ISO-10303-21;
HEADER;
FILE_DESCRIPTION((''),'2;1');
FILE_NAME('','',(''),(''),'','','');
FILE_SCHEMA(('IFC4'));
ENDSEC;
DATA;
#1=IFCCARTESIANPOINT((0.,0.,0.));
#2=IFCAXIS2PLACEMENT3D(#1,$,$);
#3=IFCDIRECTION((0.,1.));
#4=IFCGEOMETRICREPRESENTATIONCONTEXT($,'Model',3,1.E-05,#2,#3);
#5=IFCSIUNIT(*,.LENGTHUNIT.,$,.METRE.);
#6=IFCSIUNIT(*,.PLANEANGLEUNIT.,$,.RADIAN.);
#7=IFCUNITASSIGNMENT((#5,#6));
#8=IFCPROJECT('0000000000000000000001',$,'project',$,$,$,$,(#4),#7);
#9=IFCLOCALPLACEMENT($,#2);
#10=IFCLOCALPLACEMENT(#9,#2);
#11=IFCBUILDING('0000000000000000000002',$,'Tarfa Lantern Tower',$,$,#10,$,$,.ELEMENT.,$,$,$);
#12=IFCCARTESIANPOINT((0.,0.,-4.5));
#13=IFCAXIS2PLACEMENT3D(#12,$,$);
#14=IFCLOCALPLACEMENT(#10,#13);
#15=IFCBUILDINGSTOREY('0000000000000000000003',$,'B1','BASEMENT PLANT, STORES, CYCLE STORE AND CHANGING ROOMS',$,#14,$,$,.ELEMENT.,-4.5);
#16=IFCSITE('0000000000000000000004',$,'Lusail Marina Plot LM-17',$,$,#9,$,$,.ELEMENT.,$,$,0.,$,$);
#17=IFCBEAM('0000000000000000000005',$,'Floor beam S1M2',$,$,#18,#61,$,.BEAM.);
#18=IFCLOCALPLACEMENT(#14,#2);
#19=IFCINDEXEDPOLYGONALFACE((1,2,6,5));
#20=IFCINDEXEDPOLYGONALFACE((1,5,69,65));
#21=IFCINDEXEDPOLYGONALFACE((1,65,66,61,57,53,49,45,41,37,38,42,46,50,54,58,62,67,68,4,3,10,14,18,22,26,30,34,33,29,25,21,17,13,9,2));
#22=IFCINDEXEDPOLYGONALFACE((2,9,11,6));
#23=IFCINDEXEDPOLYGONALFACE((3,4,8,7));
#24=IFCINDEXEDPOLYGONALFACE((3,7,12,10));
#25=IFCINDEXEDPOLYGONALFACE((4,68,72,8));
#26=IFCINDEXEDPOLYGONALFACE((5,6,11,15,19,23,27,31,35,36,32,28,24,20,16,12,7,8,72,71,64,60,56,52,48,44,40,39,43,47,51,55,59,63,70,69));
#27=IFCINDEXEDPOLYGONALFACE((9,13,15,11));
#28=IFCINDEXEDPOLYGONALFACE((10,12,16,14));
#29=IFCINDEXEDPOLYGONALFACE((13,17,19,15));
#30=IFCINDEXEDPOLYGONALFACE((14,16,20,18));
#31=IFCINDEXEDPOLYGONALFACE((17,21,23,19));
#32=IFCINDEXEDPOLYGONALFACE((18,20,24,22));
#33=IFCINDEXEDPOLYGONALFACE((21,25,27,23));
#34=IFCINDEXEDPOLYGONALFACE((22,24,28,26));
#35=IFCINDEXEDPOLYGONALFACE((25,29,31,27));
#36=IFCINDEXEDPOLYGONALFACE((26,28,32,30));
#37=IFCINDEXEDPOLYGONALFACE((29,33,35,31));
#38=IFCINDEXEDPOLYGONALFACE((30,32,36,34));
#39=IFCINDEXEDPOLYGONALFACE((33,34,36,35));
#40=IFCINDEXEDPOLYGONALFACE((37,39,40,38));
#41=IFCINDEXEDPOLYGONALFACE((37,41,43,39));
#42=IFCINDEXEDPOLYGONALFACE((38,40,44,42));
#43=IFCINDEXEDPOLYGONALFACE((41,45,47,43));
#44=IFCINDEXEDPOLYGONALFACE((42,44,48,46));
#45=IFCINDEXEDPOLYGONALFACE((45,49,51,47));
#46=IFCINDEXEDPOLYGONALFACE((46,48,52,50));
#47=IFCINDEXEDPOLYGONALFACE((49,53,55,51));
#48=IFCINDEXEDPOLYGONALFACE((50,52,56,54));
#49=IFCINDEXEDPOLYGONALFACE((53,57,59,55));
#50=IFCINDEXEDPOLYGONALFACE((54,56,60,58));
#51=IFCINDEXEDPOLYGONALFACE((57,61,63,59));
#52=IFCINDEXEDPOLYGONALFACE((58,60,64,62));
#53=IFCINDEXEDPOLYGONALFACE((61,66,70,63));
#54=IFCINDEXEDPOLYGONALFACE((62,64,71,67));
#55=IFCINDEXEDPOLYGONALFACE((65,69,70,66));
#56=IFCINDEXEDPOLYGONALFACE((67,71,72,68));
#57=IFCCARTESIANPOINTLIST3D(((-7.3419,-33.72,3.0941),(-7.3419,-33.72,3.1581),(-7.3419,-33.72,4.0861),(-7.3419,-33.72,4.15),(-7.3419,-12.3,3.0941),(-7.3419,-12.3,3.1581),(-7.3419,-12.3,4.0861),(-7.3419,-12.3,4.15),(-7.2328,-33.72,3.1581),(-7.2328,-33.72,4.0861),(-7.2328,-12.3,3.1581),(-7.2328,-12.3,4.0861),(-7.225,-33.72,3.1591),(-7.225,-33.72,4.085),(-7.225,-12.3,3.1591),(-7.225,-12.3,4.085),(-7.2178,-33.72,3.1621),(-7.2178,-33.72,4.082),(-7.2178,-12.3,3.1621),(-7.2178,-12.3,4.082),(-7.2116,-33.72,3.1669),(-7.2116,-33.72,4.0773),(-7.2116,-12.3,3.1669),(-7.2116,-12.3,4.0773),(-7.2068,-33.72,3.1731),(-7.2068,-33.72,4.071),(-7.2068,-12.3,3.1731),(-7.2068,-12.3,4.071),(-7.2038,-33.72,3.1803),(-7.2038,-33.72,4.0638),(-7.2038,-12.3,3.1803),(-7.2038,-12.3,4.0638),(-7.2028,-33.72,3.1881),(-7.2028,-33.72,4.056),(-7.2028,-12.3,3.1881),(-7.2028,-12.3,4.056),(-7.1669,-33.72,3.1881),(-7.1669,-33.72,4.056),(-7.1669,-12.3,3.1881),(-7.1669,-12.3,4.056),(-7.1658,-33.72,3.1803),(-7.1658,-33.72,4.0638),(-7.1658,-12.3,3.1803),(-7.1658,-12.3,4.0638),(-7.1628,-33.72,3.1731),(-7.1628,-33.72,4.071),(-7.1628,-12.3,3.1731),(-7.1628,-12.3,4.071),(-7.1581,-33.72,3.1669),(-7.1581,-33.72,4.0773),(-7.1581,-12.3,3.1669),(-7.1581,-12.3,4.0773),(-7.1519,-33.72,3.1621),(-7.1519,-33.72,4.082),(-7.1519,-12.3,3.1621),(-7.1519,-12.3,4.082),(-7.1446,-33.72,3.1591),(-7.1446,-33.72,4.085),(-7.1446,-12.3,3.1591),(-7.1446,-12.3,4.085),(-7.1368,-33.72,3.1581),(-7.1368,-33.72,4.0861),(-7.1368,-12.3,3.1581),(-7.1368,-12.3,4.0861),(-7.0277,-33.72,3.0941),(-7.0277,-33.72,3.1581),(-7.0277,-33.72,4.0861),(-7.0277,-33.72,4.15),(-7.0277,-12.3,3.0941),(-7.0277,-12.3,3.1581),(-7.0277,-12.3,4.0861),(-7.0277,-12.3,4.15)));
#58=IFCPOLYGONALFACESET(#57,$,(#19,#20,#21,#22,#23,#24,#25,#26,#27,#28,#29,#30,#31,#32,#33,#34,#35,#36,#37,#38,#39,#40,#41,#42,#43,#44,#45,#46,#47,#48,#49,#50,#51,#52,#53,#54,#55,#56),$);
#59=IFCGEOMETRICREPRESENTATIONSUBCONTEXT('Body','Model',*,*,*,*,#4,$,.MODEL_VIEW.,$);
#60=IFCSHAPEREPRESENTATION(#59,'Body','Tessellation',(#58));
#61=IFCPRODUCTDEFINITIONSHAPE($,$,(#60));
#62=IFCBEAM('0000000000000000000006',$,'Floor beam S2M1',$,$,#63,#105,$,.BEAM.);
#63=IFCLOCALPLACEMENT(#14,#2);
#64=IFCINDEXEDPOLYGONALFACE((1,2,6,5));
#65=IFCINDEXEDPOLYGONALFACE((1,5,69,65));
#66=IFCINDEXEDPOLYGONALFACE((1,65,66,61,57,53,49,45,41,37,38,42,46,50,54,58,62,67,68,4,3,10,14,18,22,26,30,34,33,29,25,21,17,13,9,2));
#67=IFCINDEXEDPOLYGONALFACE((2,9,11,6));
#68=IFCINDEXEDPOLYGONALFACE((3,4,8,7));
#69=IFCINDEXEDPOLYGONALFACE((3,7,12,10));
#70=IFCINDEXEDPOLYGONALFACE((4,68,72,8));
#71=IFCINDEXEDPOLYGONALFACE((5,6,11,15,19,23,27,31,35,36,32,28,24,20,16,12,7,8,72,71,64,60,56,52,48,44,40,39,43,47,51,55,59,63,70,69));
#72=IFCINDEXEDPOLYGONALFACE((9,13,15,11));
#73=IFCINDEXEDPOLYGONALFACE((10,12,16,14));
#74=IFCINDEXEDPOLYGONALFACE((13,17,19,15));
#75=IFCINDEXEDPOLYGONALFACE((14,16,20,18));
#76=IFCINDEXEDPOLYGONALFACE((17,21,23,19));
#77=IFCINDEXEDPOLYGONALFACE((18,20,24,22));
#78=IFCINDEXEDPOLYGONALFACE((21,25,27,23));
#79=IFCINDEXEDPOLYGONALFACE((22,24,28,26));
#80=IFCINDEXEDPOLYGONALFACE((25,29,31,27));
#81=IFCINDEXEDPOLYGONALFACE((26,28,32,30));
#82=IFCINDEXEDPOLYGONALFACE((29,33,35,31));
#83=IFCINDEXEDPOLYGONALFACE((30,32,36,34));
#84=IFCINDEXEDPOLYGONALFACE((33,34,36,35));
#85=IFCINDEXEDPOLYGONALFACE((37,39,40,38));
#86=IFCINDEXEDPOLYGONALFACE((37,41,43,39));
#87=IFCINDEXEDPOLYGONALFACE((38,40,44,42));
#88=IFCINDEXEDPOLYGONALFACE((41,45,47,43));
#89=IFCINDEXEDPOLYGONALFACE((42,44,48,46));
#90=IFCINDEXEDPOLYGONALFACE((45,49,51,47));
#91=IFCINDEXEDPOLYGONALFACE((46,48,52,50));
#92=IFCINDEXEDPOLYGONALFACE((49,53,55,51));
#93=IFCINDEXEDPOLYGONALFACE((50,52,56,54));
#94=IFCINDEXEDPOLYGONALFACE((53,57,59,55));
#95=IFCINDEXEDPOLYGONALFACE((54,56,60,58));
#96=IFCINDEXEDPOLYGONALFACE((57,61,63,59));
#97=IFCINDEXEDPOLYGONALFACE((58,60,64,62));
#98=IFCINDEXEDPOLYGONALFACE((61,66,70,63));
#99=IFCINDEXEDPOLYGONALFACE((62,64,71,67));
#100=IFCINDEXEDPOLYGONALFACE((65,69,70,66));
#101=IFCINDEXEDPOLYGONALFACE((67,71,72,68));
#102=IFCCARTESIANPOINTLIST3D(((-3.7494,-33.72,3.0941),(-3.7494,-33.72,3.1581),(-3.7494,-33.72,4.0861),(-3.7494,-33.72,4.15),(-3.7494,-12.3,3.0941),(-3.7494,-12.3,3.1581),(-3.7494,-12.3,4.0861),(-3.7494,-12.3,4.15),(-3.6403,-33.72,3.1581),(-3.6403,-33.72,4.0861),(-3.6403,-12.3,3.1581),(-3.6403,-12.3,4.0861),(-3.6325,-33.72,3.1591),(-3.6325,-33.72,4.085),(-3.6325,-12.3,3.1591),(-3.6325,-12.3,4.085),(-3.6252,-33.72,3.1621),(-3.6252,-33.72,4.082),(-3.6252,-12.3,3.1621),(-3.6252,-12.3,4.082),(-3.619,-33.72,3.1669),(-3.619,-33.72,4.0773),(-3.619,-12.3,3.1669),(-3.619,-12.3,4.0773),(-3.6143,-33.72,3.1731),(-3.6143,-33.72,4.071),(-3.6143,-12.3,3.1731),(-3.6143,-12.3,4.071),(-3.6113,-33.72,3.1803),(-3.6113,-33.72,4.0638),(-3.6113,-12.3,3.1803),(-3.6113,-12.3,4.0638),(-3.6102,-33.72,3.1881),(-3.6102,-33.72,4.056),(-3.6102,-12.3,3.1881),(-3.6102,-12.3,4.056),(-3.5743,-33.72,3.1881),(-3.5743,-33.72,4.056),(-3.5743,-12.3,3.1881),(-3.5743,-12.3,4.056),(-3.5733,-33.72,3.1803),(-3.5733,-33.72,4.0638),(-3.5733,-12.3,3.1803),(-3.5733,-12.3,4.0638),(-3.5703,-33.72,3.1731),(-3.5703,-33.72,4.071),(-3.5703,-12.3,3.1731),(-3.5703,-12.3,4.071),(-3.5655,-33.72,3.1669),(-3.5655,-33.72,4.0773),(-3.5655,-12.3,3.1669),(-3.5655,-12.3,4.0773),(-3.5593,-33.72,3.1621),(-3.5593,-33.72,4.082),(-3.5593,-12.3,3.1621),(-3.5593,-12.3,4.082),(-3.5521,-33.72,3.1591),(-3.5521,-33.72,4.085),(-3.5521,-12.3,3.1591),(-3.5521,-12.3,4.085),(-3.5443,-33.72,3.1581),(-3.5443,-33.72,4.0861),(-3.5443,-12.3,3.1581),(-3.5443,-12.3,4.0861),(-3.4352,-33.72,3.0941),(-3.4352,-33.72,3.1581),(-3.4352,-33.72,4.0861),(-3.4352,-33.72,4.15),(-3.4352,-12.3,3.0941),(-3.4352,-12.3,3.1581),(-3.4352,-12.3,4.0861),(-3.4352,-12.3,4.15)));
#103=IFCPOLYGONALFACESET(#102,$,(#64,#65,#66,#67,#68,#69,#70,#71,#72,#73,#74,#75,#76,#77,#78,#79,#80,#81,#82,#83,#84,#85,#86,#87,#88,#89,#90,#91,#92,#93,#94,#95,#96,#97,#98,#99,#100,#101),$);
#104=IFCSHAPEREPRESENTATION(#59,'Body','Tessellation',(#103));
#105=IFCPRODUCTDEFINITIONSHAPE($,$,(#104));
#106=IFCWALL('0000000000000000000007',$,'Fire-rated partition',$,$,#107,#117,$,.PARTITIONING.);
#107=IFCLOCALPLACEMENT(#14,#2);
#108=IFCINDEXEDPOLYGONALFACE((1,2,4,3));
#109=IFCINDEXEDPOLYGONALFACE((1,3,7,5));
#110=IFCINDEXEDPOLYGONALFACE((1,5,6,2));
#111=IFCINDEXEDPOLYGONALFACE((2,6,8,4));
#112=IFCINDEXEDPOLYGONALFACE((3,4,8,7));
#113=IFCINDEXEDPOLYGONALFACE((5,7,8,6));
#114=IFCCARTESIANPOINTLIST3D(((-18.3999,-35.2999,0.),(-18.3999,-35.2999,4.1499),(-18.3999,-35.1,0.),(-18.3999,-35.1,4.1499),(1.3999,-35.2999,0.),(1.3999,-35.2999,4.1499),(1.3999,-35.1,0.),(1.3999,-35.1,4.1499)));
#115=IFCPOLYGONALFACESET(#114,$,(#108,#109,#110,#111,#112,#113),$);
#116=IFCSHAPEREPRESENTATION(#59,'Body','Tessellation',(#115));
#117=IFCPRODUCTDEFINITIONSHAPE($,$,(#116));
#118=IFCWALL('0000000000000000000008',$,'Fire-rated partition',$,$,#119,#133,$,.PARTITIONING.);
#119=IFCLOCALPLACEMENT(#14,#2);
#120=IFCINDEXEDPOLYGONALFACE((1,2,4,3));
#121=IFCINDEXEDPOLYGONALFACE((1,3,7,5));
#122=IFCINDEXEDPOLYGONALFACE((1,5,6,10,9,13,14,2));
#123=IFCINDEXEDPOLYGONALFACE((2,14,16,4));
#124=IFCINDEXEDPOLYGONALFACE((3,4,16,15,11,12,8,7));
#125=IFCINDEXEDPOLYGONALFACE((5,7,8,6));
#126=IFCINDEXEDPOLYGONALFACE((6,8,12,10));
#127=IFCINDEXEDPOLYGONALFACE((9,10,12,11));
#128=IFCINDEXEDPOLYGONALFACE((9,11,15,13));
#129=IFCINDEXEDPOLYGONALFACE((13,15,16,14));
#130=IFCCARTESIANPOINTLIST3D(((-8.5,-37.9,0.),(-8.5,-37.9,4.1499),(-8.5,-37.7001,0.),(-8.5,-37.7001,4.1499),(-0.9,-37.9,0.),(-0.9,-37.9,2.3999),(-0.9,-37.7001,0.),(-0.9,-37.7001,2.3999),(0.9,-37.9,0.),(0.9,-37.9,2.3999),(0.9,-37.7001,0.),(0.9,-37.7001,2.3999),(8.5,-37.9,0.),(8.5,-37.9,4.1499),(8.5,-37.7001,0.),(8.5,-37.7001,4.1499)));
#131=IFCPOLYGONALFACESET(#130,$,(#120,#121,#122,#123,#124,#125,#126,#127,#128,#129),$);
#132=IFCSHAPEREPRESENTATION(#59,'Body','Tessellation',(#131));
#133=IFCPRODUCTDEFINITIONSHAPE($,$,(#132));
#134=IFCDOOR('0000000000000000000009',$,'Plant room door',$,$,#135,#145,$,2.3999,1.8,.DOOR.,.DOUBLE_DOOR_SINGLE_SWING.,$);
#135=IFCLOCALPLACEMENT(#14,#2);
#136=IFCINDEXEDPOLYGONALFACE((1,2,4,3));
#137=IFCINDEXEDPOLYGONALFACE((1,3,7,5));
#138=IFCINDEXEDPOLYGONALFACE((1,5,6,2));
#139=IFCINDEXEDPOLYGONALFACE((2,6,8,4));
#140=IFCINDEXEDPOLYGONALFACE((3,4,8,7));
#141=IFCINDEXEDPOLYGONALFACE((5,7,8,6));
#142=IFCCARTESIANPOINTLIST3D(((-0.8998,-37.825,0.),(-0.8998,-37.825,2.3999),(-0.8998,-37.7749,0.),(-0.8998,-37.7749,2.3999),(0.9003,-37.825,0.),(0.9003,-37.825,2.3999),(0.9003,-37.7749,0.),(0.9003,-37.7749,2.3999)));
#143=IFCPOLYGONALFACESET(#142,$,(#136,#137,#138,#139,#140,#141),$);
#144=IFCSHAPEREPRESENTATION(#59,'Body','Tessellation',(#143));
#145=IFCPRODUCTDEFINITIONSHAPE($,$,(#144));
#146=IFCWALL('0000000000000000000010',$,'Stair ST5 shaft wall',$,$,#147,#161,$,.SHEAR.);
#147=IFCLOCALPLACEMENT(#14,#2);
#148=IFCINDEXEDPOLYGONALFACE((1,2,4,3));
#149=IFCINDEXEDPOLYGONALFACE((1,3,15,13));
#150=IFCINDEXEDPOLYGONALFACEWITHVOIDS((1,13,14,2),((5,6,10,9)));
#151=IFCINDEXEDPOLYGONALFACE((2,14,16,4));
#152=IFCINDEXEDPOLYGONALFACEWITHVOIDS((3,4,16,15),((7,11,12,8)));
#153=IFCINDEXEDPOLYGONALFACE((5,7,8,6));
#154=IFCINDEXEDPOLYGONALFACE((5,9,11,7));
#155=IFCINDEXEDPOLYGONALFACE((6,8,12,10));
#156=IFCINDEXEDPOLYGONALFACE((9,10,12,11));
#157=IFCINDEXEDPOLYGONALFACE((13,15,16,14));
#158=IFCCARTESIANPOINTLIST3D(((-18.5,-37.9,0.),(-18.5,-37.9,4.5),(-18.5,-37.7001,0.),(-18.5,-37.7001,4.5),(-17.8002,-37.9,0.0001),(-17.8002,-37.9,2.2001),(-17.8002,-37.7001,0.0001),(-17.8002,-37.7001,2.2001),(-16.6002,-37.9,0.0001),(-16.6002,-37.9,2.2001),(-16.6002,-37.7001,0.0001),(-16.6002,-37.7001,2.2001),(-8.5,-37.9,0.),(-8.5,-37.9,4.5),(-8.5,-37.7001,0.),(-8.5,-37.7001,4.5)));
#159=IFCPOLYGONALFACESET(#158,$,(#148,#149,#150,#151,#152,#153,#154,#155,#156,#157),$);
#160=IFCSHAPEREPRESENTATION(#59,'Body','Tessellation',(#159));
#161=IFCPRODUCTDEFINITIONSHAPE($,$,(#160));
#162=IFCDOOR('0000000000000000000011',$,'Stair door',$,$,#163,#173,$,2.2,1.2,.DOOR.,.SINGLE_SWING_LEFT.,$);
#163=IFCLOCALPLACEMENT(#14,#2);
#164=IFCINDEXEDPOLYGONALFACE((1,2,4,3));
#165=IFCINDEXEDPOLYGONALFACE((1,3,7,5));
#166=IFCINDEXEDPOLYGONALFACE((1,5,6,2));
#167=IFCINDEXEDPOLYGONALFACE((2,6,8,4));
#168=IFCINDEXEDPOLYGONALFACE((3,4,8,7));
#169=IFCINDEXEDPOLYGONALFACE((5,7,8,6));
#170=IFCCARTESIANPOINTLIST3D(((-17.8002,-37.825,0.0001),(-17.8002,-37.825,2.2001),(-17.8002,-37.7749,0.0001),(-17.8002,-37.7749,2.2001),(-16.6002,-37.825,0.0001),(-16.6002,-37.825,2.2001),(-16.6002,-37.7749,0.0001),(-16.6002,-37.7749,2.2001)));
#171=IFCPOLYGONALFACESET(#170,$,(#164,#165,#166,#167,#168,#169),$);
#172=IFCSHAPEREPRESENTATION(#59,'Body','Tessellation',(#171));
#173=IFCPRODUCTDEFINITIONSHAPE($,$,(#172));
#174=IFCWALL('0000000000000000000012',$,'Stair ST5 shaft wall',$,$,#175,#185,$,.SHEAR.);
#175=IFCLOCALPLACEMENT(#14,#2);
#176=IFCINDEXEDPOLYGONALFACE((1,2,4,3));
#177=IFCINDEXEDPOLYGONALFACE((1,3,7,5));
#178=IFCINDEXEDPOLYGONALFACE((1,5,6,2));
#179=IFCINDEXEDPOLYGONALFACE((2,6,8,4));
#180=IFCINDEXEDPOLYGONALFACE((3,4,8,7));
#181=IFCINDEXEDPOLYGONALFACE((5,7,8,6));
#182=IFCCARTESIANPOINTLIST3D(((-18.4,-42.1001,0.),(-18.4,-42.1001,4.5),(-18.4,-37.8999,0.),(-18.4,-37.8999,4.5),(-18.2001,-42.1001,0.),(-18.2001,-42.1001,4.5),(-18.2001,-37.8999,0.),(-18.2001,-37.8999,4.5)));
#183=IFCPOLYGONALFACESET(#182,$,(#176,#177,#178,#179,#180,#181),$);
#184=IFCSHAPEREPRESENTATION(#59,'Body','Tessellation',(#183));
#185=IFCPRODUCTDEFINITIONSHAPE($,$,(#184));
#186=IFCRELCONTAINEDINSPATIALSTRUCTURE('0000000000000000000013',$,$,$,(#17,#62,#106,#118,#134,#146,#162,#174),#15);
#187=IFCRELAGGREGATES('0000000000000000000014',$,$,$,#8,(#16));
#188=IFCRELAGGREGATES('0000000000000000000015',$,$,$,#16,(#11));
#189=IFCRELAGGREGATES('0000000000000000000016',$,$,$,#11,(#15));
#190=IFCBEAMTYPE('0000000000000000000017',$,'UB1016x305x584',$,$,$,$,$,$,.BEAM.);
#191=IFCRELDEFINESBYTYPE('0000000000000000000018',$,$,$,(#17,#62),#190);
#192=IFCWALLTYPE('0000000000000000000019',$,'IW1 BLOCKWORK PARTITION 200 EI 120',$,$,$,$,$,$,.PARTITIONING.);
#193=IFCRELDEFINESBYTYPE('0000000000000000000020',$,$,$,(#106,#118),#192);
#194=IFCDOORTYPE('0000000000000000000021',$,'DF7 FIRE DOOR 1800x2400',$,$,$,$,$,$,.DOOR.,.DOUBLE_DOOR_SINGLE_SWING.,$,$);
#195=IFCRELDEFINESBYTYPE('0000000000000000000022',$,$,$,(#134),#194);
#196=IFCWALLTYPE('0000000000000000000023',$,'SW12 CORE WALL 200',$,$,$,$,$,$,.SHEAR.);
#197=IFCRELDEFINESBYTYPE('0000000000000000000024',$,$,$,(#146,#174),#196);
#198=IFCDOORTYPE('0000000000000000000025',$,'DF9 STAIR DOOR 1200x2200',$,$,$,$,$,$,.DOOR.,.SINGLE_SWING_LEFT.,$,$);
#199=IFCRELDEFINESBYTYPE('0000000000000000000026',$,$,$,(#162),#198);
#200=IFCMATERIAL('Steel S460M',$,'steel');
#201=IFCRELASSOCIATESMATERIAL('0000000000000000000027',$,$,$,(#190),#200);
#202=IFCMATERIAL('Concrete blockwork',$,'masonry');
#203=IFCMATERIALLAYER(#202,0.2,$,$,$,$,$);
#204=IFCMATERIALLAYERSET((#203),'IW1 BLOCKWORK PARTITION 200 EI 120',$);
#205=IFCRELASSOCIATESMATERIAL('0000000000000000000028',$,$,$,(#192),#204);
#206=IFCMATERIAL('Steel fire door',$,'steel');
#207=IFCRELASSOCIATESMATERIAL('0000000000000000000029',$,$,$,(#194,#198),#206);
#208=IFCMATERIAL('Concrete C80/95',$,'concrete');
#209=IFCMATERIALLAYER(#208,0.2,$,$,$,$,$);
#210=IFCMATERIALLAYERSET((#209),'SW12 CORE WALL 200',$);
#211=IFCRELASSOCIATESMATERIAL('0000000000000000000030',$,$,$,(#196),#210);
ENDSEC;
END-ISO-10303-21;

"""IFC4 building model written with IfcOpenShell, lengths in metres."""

from ifc_helpers import new_model, si_unit, direction, frame, frame_2d, origin, origin_2d, place, context, subcontext, project, spatial, rectangle, i_section, extrude, material, layer, layer_set, material_profile, profile_set, type_object, element, fill, save


model = new_model("IFC4")

# Units and contexts
model_context = context("Model", 3, precision=1e-05, world=origin(), true_north=direction((0.0, 1.0)))
body_context = subcontext(model_context, "Body", "Model", "MODEL_VIEW")
ifc_project = project(units=[si_unit("LENGTHUNIT", "METRE"), si_unit("PLANEANGLEUNIT", "RADIAN")], contexts=[model_context])

# Site, building, storey
site_placement = place(None, origin())
site = spatial("IfcSite", under=ifc_project, at=site_placement, Name="Lusail Marina Plot LM-17", CompositionType="ELEMENT", RefElevation=0.0)
building_placement = place(site_placement, origin())
building = spatial("IfcBuilding", under=site, at=building_placement, Name="Tarfa Lantern Tower", CompositionType="ELEMENT")
storey_placement = place(building_placement, frame((0.0, 0.0, -4.5)))
storey = spatial("IfcBuildingStorey", under=building, at=storey_placement, Name="B1", Description="BASEMENT PLANT, STORES, CYCLE STORE AND CHANGING ROOMS", CompositionType="ELEMENT", Elevation=-4.5)

# Shared definitions
ifc_material_1 = material(Name="Concrete C80/95", Category="concrete")

# Beams
ifc_material_2 = material(Name="Steel S460M", Category="steel")
ifc_material_profile_1 = material_profile(ifc_material_2, i_section(OverallWidth=0.3142, OverallDepth=1.0559, WebThickness=0.0359, FlangeThickness=0.064, FilletRadius=0.03, at=origin_2d()), Name="UB1016x305x584")
ifc_profile_set_1 = profile_set([ifc_material_profile_1], Name="Steel S460M")
beam_type_1 = type_object("IfcBeamType", Name="UB1016x305x584", PredefinedType="BEAM", material=ifc_profile_set_1)
for number, where, z_axis, x_axis, name in (
    (1, (-7.1848, -33.72, 3.6221), (0.0, 1.0, 0.0), (-1.0, 0.0, 0.0), "Floor beam S1M2"),
    (2, (-3.5923, -33.72, 3.6221), (0.0, 1.0, 0.0), (-1.0, 0.0, 0.0), "Floor beam S2M1"),
):
    element("IfcBeam", number, at=place(storey_placement, frame(where, z_axis=z_axis, x_axis=x_axis)), inside=storey, type_object=beam_type_1, Name=name, PredefinedType="BEAM", context=body_context, shape_type="SweptSolid", body=[
        extrude(i_section(OverallWidth=0.3142, OverallDepth=1.0559, WebThickness=0.0359, FlangeThickness=0.064, FilletRadius=0.03, at=origin_2d()), origin(), (0.0, 0.0, 1.0), 21.4199),
    ])

# Wall
ifc_material_3 = material(Name="Concrete blockwork", Category="masonry")
ifc_layer_1 = layer(ifc_material_3, 0.2)
ifc_layer_set_1 = layer_set([ifc_layer_1], Name="IW1 BLOCKWORK PARTITION 200 EI 120")
wall_type_1 = type_object("IfcWallType", Name="IW1 BLOCKWORK PARTITION 200 EI 120", PredefinedType="PARTITIONING", material=ifc_layer_set_1)
wall_1_placement = place(storey_placement, frame((-18.3999, -35.2, 0.0), z_axis=(0.0, 0.0, 1.0), x_axis=(1.0, 0.0, 0.0)))
element("IfcWall", 3, at=wall_1_placement, inside=storey, type_object=wall_type_1, Name="Fire-rated partition", PredefinedType="PARTITIONING", context=body_context, shape_type="SweptSolid", body=[
    extrude(rectangle(XDim=19.7998, YDim=0.2, at=frame_2d((9.8999, 0.0))), origin(), (0.0, 0.0, 1.0), 4.1499),
])

# Walls, openings, doors
wall_2_placement = place(storey_placement, frame((-8.5, -37.8, 0.0), z_axis=(0.0, 0.0, 1.0), x_axis=(1.0, 0.0, 0.0)))
wall_2 = element("IfcWall", 4, at=wall_2_placement, inside=storey, type_object=wall_type_1, Name="Fire-rated partition", PredefinedType="PARTITIONING", context=body_context, shape_type="SweptSolid", body=[
    extrude(rectangle(XDim=17.0, YDim=0.2, at=frame_2d((8.5, 0.0))), origin(), (0.0, 0.0, 1.0), 4.1499),
])
opening_1_placement = place(wall_2_placement, frame((7.6001, 0.0, 0.0)))
opening_1 = element("IfcOpeningElement", 5, at=opening_1_placement, cuts=wall_2, PredefinedType="OPENING", context=body_context, shape_type="SweptSolid", body=[
    extrude(rectangle(XDim=1.8, YDim=2.3999, at=frame_2d((0.8999, 1.2))), frame((0.0, 0.1099, 0.0), z_axis=(0.0, -1.0, 0.0), x_axis=(1.0, 0.0, 0.0)), (0.0, 0.0, 1.0), 0.22),
])
ifc_material_4 = material(Name="Steel fire door", Category="steel")
door_type_1 = type_object("IfcDoorType", Name="DF7 FIRE DOOR 1800x2400", OperationType="DOUBLE_DOOR_SINGLE_SWING", PredefinedType="DOOR", material=ifc_material_4)
door_1_placement = place(opening_1_placement, frame((1.8, 0.0, 0.0), z_axis=(0.0, 0.0, 1.0), x_axis=(-1.0, 0.0, 0.0)))
door_1 = element("IfcDoor", 6, at=door_1_placement, inside=storey, type_object=door_type_1, Name="Plant room door", OperationType="DOUBLE_DOOR_SINGLE_SWING", OverallHeight=2.3999, OverallWidth=1.8, PredefinedType="DOOR", context=body_context, shape_type="SweptSolid", body=[
    extrude(rectangle(XDim=1.8, YDim=2.3999, at=frame_2d((0.8999, 1.2))), frame((0.0, 0.0249, 0.0), z_axis=(0.0, -1.0, 0.0), x_axis=(1.0, 0.0, 0.0)), (0.0, 0.0, 1.0), 0.05),
])
fill(opening_1, door_1)
ifc_layer_2 = layer(ifc_material_1, 0.2)
ifc_layer_set_2 = layer_set([ifc_layer_2], Name="SW12 CORE WALL 200")
wall_type_2 = type_object("IfcWallType", Name="SW12 CORE WALL 200", PredefinedType="SHEAR", material=ifc_layer_set_2)
wall_3_placement = place(storey_placement, frame((-8.5, -37.8, 0.0), z_axis=(0.0, 0.0, 1.0), x_axis=(-1.0, 0.0, 0.0)))
wall_3 = element("IfcWall", 7, at=wall_3_placement, inside=storey, type_object=wall_type_2, Name="Stair ST5 shaft wall", PredefinedType="SHEAR", context=body_context, shape_type="SweptSolid", body=[
    extrude(rectangle(XDim=10.0, YDim=0.2, at=frame_2d((5.0, 0.0))), origin(), (0.0, 0.0, 1.0), 4.5),
])
opening_2_placement = place(wall_3_placement, frame((8.1001, 0.0, 0.0)))
opening_2 = element("IfcOpeningElement", 8, at=opening_2_placement, cuts=wall_3, PredefinedType="OPENING", context=body_context, shape_type="SweptSolid", body=[
    extrude(rectangle(XDim=1.2, YDim=2.2, at=frame_2d((0.6001, 1.1001))), frame((0.0, 0.1099, 0.0), z_axis=(0.0, -1.0, 0.0), x_axis=(1.0, 0.0, 0.0)), (0.0, 0.0, 1.0), 0.22),
])
door_type_2 = type_object("IfcDoorType", Name="DF9 STAIR DOOR 1200x2200", OperationType="SINGLE_SWING_LEFT", PredefinedType="DOOR", material=ifc_material_4)
door_2_placement = place(opening_2_placement, origin())
door_2 = element("IfcDoor", 9, at=door_2_placement, inside=storey, type_object=door_type_2, Name="Stair door", OperationType="SINGLE_SWING_LEFT", OverallHeight=2.2, OverallWidth=1.2, PredefinedType="DOOR", context=body_context, shape_type="SweptSolid", body=[
    extrude(rectangle(XDim=1.2, YDim=2.2, at=frame_2d((0.6001, 1.1001))), frame((0.0, 0.0249, 0.0), z_axis=(0.0, -1.0, 0.0), x_axis=(1.0, 0.0, 0.0)), (0.0, 0.0, 1.0), 0.05),
])
fill(opening_2, door_2)

# Wall
for number, where, z_axis, x_axis, name in (
    (10, (-18.3, -37.8999, 0.0), (0.0, 0.0, 1.0), (0.0, -1.0, 0.0), "Stair ST5 shaft wall"),
):
    element("IfcWall", number, at=place(storey_placement, frame(where, z_axis=z_axis, x_axis=x_axis)), inside=storey, type_object=wall_type_2, Name=name, PredefinedType="SHEAR", context=body_context, shape_type="SweptSolid", body=[
        extrude(rectangle(XDim=4.2002, YDim=0.2, at=frame_2d((2.1001, 0.0))), origin(), (0.0, 0.0, 1.0), 4.5),
    ])

save(model, "model.ifc")
